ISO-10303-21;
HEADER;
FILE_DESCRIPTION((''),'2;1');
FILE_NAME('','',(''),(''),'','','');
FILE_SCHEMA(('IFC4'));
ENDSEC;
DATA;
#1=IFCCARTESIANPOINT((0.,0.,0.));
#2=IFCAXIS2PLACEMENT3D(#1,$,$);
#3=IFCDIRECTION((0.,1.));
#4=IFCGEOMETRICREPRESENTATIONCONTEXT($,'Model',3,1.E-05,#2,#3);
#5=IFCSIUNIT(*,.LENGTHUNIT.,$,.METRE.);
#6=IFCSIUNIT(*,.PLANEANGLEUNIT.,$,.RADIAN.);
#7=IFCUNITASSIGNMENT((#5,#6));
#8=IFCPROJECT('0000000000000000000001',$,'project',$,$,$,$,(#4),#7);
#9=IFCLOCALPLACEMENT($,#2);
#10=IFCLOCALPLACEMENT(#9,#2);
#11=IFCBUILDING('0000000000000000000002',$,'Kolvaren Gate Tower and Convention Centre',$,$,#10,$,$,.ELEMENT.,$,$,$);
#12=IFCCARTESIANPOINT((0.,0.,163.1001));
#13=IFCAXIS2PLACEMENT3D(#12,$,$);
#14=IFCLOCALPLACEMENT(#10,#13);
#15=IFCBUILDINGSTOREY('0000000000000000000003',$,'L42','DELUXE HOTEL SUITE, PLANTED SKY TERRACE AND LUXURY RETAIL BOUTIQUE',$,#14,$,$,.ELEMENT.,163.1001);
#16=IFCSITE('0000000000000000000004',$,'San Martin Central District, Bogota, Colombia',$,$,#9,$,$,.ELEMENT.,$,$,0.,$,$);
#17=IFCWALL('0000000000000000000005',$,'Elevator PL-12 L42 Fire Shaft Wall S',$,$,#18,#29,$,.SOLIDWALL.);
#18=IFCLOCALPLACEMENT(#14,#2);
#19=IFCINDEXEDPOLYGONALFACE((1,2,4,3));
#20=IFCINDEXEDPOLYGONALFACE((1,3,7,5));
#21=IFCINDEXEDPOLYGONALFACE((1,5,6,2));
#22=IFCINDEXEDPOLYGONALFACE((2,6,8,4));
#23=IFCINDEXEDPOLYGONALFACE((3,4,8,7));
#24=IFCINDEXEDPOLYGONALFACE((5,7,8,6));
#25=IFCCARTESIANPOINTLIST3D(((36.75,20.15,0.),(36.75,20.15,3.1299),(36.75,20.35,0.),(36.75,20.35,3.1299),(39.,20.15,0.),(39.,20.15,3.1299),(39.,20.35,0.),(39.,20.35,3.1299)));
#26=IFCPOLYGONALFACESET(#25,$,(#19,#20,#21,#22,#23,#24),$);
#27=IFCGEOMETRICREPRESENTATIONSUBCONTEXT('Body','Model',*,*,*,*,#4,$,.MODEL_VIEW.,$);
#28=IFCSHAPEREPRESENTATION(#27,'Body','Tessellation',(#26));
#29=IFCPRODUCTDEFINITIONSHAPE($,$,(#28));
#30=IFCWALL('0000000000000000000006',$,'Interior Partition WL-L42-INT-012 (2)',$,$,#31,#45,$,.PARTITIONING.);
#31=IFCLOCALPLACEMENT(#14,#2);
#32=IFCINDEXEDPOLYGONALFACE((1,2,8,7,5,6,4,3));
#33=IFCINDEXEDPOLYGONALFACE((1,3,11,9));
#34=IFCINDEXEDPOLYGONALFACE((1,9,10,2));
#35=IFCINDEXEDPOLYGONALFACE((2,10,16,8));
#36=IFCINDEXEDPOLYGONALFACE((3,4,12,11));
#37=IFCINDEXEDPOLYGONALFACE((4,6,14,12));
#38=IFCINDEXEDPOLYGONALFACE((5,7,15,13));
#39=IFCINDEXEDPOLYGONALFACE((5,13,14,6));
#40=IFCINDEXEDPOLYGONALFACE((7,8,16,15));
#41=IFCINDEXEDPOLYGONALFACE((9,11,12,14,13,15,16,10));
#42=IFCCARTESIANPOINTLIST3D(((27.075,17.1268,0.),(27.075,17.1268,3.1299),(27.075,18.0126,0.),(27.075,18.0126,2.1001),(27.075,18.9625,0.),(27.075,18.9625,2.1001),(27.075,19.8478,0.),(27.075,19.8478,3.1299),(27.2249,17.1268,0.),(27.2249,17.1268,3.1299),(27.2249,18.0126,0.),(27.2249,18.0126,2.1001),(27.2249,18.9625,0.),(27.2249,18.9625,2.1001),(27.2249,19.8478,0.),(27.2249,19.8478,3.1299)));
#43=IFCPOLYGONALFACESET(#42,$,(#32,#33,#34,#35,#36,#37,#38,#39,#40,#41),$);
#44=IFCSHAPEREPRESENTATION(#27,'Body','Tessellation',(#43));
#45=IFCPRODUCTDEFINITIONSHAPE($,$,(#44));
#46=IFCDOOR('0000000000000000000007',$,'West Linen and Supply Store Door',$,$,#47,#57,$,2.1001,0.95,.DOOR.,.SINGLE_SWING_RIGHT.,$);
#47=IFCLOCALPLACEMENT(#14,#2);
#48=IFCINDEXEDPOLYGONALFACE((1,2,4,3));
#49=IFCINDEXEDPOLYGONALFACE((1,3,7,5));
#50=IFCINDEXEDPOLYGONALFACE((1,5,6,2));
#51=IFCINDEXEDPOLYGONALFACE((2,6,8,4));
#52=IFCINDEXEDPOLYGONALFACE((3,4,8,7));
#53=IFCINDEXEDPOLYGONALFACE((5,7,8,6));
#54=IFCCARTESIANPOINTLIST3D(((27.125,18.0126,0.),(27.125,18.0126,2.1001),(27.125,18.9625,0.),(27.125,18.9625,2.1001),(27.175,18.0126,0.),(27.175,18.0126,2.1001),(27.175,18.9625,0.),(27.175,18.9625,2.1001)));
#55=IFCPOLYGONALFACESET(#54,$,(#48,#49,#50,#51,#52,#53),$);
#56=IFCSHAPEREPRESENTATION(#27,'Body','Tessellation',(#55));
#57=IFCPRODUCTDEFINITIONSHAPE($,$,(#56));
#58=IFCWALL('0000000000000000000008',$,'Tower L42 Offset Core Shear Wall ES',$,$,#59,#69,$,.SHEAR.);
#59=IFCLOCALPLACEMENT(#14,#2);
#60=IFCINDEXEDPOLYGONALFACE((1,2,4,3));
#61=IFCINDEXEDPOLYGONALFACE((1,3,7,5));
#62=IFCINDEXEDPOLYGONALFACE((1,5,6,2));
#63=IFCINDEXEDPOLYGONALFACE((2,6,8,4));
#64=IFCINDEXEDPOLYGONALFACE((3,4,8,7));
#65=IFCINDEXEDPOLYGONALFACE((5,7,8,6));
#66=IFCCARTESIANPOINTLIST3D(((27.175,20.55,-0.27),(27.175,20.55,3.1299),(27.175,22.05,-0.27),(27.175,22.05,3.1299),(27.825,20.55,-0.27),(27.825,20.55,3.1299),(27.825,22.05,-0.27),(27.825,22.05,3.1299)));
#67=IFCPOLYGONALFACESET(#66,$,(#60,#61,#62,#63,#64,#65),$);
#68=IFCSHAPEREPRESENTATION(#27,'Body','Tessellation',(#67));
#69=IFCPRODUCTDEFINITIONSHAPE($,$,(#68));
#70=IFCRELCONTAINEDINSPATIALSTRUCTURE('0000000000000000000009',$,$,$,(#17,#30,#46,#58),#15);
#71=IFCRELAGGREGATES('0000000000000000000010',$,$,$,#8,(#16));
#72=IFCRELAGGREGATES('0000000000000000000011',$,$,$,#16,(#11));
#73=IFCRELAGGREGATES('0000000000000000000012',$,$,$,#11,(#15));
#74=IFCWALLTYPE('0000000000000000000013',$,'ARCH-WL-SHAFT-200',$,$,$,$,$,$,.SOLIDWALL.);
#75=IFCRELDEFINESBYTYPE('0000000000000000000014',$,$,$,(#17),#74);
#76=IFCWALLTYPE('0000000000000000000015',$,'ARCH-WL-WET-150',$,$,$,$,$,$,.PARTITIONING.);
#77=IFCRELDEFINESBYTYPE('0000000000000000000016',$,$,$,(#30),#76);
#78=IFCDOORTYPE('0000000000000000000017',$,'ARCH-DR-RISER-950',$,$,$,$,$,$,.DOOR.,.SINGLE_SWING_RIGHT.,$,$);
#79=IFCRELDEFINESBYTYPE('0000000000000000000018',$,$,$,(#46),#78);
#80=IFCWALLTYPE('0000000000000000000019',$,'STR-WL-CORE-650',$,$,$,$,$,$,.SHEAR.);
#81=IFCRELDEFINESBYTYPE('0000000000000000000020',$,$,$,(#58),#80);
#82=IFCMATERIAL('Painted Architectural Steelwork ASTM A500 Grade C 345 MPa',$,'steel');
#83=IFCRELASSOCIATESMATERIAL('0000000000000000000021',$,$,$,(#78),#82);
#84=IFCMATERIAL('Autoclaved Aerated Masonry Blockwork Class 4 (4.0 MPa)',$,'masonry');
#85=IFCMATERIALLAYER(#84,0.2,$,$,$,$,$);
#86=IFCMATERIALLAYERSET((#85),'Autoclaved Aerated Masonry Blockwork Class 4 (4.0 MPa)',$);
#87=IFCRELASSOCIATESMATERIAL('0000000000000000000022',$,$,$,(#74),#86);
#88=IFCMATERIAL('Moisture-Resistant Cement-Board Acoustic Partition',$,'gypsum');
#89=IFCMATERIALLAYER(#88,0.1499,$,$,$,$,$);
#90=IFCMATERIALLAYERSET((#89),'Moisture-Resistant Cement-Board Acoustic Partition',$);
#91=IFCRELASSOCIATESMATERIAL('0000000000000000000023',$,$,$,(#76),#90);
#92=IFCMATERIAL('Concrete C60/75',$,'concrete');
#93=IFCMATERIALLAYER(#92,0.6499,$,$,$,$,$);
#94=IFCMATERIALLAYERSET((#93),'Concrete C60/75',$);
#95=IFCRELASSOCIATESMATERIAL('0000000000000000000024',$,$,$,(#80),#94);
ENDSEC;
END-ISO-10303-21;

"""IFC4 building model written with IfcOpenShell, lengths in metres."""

from ifc_helpers import new_model, si_unit, direction, frame, frame_2d, origin, place, context, subcontext, project, spatial, rectangle, extrude, material, layer, layer_set, type_object, element, fill, save


model = new_model("IFC4")

# Units and contexts
model_context = context("Model", 3, precision=1e-05, world=origin(), true_north=direction((0.0, 1.0)))
body_context = subcontext(model_context, "Body", "Model", "MODEL_VIEW")
ifc_project = project(units=[si_unit("LENGTHUNIT", "METRE"), si_unit("PLANEANGLEUNIT", "RADIAN")], contexts=[model_context])

# Site, building, storey
site_placement = place(None, origin())
site = spatial("IfcSite", under=ifc_project, at=site_placement, Name="San Martin Central District, Bogota, Colombia", CompositionType="ELEMENT", RefElevation=0.0)
building_placement = place(site_placement, origin())
building = spatial("IfcBuilding", under=site, at=building_placement, Name="Kolvaren Gate Tower and Convention Centre", CompositionType="ELEMENT")
storey_placement = place(building_placement, frame((0.0, 0.0, 163.1001)))
storey = spatial("IfcBuildingStorey", under=building, at=storey_placement, Name="L42", Description="DELUXE HOTEL SUITE, PLANTED SKY TERRACE AND LUXURY RETAIL BOUTIQUE", CompositionType="ELEMENT", Elevation=163.1001)

# Shared definitions
ifc_material_1 = material(Name="Painted Architectural Steelwork ASTM A500 Grade C 345 MPa", Category="steel")
door_type_1 = type_object("IfcDoorType", Name="ARCH-DR-RISER-950", OperationType="SINGLE_SWING_RIGHT", PredefinedType="DOOR", material=ifc_material_1)

# Shared definitions
ifc_material_2 = material(Name="Autoclaved Aerated Masonry Blockwork Class 4 (4.0 MPa)", Category="masonry")
ifc_layer_1 = layer(ifc_material_2, 0.2)
ifc_layer_set_1 = layer_set([ifc_layer_1], Name="Autoclaved Aerated Masonry Blockwork Class 4 (4.0 MPa)")
wall_type_1 = type_object("IfcWallType", Name="ARCH-WL-SHAFT-200", PredefinedType="SOLIDWALL", material=ifc_layer_set_1)

# Wall
wall_1_placement = place(storey_placement, frame((36.75, 20.25, 0.0), z_axis=(0.0, 0.0, 1.0), x_axis=(1.0, 0.0, 0.0)))
element("IfcWall", 1, at=wall_1_placement, inside=storey, type_object=wall_type_1, Name="Elevator PL-12 L42 Fire Shaft Wall S", PredefinedType="SOLIDWALL", context=body_context, shape_type="SweptSolid", body=[
    extrude(rectangle(XDim=2.25, YDim=0.2, at=frame_2d((1.125, 0.0))), origin(), (0.0, 0.0, 1.0), 3.1299),
])

# Wall, opening, door
ifc_material_3 = material(Name="Moisture-Resistant Cement-Board Acoustic Partition", Category="gypsum")
ifc_layer_2 = layer(ifc_material_3, 0.1499)
ifc_layer_set_2 = layer_set([ifc_layer_2], Name="Moisture-Resistant Cement-Board Acoustic Partition")
wall_type_2 = type_object("IfcWallType", Name="ARCH-WL-WET-150", PredefinedType="PARTITIONING", material=ifc_layer_set_2)
wall_2_placement = place(storey_placement, frame((27.1499, 17.127, 0.0), z_axis=(0.0, 0.0, 1.0), x_axis=(0.0, 1.0, 0.0)))
wall_2 = element("IfcWall", 2, at=wall_2_placement, inside=storey, type_object=wall_type_2, Name="Interior Partition WL-L42-INT-012 (2)", PredefinedType="PARTITIONING", context=body_context, shape_type="SweptSolid", body=[
    extrude(rectangle(XDim=2.7209, YDim=0.1499, at=frame_2d((1.3604, 0.0))), origin(), (0.0, 0.0, 1.0), 3.1299),
])
opening_1_placement = place(wall_2_placement, frame((0.8855, 0.0, 0.0)))
opening_1 = element("IfcOpeningElement", 3, at=opening_1_placement, cuts=wall_2, PredefinedType="OPENING", context=body_context, shape_type="SweptSolid", body=[
    extrude(rectangle(XDim=0.95, YDim=2.1001, at=frame_2d((0.4751, 1.05))), frame((0.0, 0.085, 0.0), z_axis=(0.0, -1.0, 0.0), x_axis=(1.0, 0.0, 0.0)), (0.0, 0.0, 1.0), 0.1699),
])
door_1_placement = place(opening_1_placement, origin())
door_1 = element("IfcDoor", 4, at=door_1_placement, inside=storey, type_object=door_type_1, Name="West Linen and Supply Store Door", OperationType="SINGLE_SWING_RIGHT", OverallHeight=2.1001, OverallWidth=0.95, PredefinedType="DOOR", context=body_context, shape_type="SweptSolid", body=[
    extrude(rectangle(XDim=0.95, YDim=2.1001, at=frame_2d((0.4751, 1.05))), frame((0.0, 0.0249, 0.0), z_axis=(0.0, -1.0, 0.0), x_axis=(1.0, 0.0, 0.0)), (0.0, 0.0, 1.0), 0.05),
])
fill(opening_1, door_1)

# Wall
ifc_material_4 = material(Name="Concrete C60/75", Category="concrete")
ifc_layer_3 = layer(ifc_material_4, 0.6499)
ifc_layer_set_3 = layer_set([ifc_layer_3], Name="Concrete C60/75")
wall_type_3 = type_object("IfcWallType", Name="STR-WL-CORE-650", PredefinedType="SHEAR", material=ifc_layer_set_3)
wall_3_placement = place(storey_placement, frame((27.5, 20.55, -0.27), z_axis=(0.0, 0.0, 1.0), x_axis=(0.0, 1.0, 0.0)))
element("IfcWall", 5, at=wall_3_placement, inside=storey, type_object=wall_type_3, Name="Tower L42 Offset Core Shear Wall ES", PredefinedType="SHEAR", context=body_context, shape_type="SweptSolid", body=[
    extrude(rectangle(XDim=1.5, YDim=0.6499, at=frame_2d((0.75, 0.0))), origin(), (0.0, 0.0, 1.0), 3.3999),
])

save(model, "model.ifc")
